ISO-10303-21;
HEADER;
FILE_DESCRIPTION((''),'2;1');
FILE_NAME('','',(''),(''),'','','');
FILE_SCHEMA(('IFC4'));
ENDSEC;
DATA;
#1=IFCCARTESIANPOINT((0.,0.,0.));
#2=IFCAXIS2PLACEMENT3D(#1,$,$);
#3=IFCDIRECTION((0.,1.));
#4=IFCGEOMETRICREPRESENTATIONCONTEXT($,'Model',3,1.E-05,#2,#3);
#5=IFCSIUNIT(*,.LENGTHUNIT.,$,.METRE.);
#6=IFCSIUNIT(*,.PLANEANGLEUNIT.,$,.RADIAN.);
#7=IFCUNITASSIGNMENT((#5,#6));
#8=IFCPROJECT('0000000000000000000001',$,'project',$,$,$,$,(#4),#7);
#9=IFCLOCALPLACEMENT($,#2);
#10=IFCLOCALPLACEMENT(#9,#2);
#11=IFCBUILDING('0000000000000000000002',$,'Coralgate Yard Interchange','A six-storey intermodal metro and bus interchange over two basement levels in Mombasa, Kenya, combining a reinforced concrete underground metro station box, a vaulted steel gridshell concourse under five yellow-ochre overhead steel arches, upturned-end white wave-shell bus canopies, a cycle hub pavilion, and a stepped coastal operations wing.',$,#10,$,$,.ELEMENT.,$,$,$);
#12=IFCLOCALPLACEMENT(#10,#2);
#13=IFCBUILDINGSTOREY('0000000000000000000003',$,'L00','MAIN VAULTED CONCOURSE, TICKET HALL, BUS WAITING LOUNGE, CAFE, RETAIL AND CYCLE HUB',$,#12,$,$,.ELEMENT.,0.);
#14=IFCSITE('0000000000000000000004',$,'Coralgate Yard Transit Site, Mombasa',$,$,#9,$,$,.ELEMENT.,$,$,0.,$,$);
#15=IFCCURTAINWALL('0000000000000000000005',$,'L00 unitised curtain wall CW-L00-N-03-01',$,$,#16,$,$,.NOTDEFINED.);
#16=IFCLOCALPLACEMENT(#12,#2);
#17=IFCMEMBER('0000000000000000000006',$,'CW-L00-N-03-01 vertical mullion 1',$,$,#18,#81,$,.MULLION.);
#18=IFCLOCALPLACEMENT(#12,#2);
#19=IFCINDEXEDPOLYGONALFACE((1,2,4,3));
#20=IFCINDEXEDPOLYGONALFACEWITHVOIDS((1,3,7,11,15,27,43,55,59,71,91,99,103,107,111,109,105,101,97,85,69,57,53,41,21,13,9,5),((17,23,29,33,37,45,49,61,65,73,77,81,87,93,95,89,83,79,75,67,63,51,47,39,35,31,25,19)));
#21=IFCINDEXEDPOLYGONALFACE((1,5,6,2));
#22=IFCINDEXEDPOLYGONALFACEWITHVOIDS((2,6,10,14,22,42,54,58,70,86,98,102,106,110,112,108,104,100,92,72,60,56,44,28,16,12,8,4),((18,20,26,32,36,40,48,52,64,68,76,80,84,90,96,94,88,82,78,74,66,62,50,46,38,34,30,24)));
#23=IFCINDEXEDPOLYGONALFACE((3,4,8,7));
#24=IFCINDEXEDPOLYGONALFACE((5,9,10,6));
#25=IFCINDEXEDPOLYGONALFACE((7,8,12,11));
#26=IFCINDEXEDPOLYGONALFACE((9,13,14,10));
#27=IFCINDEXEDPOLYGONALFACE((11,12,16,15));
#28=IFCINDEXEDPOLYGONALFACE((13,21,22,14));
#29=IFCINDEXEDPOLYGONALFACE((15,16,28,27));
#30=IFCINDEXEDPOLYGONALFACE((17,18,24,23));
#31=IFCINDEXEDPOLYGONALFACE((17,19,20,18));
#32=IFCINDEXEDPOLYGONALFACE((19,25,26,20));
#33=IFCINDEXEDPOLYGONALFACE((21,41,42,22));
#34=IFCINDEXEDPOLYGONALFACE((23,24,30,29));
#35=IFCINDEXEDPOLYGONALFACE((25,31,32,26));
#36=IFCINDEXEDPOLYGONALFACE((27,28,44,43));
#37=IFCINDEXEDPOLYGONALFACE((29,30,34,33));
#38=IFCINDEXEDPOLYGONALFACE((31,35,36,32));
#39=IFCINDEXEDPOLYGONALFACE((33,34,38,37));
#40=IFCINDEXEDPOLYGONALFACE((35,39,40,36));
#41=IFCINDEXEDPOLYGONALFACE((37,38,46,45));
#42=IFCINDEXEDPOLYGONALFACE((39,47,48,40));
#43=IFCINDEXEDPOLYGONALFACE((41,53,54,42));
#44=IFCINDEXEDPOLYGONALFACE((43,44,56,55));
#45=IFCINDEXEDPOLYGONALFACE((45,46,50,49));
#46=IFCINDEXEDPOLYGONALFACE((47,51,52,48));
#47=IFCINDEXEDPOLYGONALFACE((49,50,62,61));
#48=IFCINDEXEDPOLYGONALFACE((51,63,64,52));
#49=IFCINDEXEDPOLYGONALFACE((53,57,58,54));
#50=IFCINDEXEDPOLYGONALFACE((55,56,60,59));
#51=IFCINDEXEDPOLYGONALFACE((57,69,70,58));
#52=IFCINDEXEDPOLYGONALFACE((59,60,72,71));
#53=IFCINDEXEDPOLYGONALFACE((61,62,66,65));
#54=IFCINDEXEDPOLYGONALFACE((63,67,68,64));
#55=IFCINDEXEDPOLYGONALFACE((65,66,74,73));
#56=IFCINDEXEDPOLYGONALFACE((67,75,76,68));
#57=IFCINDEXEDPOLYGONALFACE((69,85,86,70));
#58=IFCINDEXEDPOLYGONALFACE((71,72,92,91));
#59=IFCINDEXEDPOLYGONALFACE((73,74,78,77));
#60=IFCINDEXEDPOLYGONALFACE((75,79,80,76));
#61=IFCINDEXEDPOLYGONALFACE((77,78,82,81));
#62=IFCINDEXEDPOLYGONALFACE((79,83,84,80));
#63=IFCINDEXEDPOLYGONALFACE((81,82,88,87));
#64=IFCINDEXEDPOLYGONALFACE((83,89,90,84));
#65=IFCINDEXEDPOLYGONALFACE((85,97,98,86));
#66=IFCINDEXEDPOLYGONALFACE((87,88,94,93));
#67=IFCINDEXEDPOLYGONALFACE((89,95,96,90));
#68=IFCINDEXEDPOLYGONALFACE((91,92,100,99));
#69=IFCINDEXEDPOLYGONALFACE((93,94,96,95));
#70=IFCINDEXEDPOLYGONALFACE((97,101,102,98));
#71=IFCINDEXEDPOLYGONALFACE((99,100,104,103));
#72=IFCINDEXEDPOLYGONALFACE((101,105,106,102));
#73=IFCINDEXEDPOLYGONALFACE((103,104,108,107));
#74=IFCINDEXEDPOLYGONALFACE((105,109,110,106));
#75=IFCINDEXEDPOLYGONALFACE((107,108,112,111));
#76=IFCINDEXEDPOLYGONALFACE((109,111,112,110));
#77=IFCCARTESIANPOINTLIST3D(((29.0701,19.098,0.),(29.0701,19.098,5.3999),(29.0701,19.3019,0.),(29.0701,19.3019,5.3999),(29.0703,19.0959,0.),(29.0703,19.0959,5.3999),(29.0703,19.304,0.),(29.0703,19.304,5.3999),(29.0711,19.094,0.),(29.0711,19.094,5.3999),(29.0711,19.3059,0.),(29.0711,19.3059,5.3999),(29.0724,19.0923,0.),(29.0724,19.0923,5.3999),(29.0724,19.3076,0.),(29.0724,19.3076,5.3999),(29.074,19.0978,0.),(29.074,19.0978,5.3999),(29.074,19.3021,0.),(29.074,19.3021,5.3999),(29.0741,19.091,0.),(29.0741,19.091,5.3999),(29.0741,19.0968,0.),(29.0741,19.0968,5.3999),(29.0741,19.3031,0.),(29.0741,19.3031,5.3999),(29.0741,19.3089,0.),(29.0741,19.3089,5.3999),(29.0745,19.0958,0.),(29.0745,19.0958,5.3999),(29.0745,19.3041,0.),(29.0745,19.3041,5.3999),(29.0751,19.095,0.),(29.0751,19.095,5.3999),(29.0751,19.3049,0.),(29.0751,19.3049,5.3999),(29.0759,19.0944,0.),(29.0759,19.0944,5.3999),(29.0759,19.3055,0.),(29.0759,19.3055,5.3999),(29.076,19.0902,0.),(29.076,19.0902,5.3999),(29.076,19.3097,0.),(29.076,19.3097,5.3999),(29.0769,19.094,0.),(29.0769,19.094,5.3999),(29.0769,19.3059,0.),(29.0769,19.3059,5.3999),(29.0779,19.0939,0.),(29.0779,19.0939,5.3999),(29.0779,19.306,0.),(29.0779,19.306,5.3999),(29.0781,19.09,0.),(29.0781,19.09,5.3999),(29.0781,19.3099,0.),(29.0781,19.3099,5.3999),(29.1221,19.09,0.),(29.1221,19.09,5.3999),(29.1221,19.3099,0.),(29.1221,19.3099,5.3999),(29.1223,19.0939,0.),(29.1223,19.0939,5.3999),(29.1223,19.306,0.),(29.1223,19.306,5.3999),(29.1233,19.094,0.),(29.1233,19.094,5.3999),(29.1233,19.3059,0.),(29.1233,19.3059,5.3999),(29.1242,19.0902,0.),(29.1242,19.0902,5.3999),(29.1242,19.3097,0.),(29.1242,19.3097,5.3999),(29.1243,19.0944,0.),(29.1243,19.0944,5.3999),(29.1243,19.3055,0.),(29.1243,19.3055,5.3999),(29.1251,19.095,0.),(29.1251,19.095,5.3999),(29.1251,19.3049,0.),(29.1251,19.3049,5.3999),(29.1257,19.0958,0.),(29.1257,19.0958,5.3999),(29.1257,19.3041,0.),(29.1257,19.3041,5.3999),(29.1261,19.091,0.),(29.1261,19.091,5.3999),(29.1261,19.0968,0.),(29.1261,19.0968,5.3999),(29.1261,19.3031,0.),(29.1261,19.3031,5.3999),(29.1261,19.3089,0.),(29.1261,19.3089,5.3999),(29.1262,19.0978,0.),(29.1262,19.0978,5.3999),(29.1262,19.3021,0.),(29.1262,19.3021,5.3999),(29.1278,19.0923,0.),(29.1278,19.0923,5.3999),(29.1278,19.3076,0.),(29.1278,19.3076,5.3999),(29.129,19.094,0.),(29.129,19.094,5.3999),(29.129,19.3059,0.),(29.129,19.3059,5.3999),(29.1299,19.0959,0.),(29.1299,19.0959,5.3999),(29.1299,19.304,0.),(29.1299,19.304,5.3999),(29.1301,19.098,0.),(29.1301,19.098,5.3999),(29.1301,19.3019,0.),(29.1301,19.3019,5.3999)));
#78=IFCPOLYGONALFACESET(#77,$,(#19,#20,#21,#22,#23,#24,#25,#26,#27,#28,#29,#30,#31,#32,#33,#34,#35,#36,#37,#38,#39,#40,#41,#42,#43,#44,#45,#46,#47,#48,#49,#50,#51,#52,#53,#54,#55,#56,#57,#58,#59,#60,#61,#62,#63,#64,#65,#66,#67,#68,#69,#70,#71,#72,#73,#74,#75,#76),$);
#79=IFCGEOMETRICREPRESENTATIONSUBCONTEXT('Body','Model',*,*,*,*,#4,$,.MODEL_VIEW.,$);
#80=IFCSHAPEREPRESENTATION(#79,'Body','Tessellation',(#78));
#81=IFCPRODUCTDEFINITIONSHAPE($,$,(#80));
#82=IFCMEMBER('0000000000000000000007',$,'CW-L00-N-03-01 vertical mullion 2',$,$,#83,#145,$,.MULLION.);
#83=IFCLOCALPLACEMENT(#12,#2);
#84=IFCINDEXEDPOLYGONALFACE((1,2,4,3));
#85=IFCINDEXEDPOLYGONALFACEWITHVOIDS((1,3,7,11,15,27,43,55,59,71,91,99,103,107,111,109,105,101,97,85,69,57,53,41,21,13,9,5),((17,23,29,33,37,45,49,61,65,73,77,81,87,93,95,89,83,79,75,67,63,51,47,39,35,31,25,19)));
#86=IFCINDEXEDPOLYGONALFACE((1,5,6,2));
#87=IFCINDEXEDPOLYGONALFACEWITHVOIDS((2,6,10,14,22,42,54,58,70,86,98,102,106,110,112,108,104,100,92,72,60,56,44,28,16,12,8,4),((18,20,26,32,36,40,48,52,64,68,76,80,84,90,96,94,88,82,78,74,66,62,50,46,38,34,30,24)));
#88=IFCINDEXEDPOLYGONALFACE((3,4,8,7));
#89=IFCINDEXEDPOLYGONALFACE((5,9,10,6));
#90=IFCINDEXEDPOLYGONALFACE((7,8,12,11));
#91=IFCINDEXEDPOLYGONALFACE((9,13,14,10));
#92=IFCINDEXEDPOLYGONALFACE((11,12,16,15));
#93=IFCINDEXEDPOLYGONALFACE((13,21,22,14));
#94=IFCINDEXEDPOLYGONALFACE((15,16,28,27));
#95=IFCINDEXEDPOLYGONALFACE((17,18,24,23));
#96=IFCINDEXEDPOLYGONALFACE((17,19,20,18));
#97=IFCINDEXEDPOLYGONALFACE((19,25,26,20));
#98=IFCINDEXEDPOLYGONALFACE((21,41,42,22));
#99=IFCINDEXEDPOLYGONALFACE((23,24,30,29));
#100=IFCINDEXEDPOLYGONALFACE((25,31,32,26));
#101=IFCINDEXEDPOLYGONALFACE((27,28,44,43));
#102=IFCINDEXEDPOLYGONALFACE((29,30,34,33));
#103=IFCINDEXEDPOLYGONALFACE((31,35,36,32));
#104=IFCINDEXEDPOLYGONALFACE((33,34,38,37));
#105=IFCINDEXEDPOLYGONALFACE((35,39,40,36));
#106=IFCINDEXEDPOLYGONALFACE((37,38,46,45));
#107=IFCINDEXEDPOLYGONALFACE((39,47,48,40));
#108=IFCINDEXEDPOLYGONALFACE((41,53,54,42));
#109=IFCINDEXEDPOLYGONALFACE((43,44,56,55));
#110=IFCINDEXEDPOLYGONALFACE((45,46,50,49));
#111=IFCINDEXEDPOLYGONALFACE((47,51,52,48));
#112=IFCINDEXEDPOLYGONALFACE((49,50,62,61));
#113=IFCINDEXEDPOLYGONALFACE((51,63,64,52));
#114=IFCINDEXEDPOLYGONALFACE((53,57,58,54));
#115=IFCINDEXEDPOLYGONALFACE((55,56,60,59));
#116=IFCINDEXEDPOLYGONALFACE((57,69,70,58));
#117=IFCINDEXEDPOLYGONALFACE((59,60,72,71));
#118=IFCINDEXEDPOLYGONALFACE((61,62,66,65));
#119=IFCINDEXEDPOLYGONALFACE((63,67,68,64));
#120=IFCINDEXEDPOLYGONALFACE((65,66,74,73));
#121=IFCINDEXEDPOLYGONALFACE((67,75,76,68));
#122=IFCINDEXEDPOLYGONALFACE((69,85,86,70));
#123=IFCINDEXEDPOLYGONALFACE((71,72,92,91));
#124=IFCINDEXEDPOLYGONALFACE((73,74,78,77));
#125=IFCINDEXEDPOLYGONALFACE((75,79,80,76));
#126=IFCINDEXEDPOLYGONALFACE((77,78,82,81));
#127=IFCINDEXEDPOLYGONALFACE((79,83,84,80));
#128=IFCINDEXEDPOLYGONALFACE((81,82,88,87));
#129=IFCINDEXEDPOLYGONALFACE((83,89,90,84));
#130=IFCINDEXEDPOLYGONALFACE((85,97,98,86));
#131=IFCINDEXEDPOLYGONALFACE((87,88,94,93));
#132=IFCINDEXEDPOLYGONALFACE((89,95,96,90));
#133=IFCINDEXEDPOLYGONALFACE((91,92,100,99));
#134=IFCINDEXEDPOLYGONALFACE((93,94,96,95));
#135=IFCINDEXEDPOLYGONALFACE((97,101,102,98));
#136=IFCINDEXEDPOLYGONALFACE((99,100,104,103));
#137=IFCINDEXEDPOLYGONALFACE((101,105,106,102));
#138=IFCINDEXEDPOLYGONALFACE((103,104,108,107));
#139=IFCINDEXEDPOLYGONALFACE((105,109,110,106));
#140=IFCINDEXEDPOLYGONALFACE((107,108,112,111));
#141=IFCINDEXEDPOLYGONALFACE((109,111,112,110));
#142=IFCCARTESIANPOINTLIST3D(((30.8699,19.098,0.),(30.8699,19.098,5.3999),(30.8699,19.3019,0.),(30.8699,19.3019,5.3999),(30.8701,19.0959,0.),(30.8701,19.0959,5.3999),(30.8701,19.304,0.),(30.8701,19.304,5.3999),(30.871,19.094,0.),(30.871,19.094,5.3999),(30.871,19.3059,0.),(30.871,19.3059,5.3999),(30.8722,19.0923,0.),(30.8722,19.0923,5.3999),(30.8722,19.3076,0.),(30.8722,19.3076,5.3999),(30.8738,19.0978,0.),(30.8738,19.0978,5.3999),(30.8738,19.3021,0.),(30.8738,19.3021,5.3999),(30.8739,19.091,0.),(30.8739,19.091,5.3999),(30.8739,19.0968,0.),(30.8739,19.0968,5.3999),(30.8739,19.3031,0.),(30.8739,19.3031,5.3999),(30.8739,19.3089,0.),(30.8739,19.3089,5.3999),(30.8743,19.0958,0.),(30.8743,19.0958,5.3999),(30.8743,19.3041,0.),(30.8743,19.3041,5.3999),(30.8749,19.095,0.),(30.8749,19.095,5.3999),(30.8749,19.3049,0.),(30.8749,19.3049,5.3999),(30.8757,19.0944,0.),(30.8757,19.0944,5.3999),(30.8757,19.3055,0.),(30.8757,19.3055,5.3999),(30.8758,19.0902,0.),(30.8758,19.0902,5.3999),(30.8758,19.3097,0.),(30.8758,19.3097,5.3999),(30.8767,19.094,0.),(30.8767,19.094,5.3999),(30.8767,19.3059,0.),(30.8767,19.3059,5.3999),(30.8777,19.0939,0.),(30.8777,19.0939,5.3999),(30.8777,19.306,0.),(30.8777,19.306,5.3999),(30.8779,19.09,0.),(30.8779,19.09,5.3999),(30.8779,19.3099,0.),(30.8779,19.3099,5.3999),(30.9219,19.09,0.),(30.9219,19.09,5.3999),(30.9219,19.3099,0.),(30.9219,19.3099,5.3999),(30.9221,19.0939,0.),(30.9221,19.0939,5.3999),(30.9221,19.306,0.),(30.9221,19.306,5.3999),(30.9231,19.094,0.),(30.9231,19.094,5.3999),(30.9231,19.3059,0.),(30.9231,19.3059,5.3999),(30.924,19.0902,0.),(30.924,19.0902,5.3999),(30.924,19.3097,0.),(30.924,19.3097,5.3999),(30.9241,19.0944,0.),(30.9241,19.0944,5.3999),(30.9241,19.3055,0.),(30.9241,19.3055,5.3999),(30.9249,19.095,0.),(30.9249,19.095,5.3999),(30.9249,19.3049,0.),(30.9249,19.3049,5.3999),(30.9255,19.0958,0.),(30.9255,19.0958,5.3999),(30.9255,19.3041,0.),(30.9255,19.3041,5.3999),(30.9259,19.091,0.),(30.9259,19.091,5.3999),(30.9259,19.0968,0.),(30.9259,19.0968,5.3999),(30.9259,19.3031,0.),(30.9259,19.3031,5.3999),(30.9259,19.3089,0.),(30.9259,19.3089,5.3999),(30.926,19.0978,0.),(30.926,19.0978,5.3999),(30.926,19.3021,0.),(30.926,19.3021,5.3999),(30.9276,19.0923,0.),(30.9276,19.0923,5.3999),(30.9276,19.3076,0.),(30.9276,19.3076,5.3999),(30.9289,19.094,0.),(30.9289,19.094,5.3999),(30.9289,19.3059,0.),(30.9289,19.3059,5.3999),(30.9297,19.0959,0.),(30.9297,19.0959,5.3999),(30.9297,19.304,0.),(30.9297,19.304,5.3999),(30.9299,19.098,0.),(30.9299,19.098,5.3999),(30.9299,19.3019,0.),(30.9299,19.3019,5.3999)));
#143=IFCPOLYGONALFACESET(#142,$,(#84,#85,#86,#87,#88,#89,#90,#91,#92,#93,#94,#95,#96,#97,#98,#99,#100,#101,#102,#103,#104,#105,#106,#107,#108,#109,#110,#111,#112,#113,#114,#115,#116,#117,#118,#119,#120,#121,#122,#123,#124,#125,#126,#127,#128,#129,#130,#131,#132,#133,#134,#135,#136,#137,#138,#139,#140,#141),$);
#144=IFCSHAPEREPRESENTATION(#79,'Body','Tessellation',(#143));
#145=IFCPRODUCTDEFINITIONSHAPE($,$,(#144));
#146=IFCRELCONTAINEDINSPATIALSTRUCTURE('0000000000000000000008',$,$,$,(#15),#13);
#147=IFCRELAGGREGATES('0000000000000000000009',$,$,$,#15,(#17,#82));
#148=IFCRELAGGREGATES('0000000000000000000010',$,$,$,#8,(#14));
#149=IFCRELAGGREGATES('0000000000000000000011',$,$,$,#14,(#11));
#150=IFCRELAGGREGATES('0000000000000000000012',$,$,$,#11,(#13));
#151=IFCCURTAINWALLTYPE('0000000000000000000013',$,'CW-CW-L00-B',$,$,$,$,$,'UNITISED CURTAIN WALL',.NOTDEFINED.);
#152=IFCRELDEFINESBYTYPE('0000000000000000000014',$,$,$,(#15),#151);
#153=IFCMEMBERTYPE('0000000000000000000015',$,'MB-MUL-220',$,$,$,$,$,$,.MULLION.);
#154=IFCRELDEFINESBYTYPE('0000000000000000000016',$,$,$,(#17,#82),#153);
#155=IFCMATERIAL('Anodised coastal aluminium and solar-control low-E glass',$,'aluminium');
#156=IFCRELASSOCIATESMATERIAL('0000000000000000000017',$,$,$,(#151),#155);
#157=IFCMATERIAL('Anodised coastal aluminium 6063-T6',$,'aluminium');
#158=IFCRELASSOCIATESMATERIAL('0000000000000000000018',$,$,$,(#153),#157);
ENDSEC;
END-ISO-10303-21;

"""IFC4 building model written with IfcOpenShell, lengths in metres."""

from ifc_helpers import new_model, si_unit, direction, frame, origin, origin_2d, place, context, subcontext, project, spatial, hollow_rectangle, extrude, material, material_profile, profile_set, type_object, element, aggregate, save


model = new_model("IFC4")

# Units and contexts
model_context = context("Model", 3, precision=1e-05, world=origin(), true_north=direction((0.0, 1.0)))
body_context = subcontext(model_context, "Body", "Model", "MODEL_VIEW")
ifc_project = project(units=[si_unit("LENGTHUNIT", "METRE"), si_unit("PLANEANGLEUNIT", "RADIAN")], contexts=[model_context])

# Site, building, storey
site_placement = place(None, origin())
site = spatial("IfcSite", under=ifc_project, at=site_placement, Name="Coralgate Yard Transit Site, Mombasa", CompositionType="ELEMENT", RefElevation=0.0)
building_placement = place(site_placement, origin())
building = spatial("IfcBuilding", under=site, at=building_placement, Name="Coralgate Yard Interchange", Description="A six-storey intermodal metro and bus interchange over two basement levels in Mombasa, Kenya, combining a reinforced concrete underground metro station box, a vaulted steel gridshell concourse under five yellow-ochre overhead steel arches, upturned-end white wave-shell bus canopies, a cycle hub pavilion, and a stepped coastal operations wing.", CompositionType="ELEMENT")
storey_placement = place(building_placement, origin())
storey = spatial("IfcBuildingStorey", under=building, at=storey_placement, Name="L00", Description="MAIN VAULTED CONCOURSE, TICKET HALL, BUS WAITING LOUNGE, CAFE, RETAIL AND CYCLE HUB", CompositionType="ELEMENT", Elevation=0.0)

# Curtain wall, members
ifc_material_1 = material(Name="Anodised coastal aluminium and solar-control low-E glass", Category="aluminium")
curtain_wall_type = type_object("IfcCurtainWallType", Name="CW-CW-L00-B", ElementType="UNITISED CURTAIN WALL", PredefinedType="NOTDEFINED", material=ifc_material_1)
curtain_wall_placement = place(storey_placement, origin())
curtain_wall = element("IfcCurtainWall", 1, at=curtain_wall_placement, inside=storey, type_object=curtain_wall_type, Name="L00 unitised curtain wall CW-L00-N-03-01", PredefinedType="NOTDEFINED")
ifc_material_2 = material(Name="Anodised coastal aluminium 6063-T6", Category="aluminium")
ifc_material_profile_1 = material_profile(ifc_material_2, hollow_rectangle(XDim=0.0601, YDim=0.22, WallThickness=0.0039, InnerFilletRadius=0.0039, OuterFilletRadius=0.0081, at=origin_2d()), Name="ALU 60x220x4")
ifc_profile_set_1 = profile_set([ifc_material_profile_1], Name="Anodised coastal aluminium 6063-T6")
member_type_1 = type_object("IfcMemberType", Name="MB-MUL-220", PredefinedType="MULLION", material=ifc_profile_set_1)
member_1_placement = place(storey_placement, frame((29.1001, 19.2, 0.0), z_axis=(0.0, 0.0, 1.0), x_axis=(1.0, 0.0, 0.0)))
member_1 = element("IfcMember", 2, at=member_1_placement, type_object=member_type_1, Name="CW-L00-N-03-01 vertical mullion 1", PredefinedType="MULLION", context=body_context, shape_type="SweptSolid", body=[
    extrude(hollow_rectangle(XDim=0.0601, YDim=0.22, WallThickness=0.0039, InnerFilletRadius=0.0039, OuterFilletRadius=0.0081, at=origin_2d()), origin(), (0.0, 0.0, 1.0), 5.3999),
])
member_2_placement = place(storey_placement, frame((30.8999, 19.2, 0.0), z_axis=(0.0, 0.0, 1.0), x_axis=(1.0, 0.0, 0.0)))
member_2 = element("IfcMember", 3, at=member_2_placement, type_object=member_type_1, Name="CW-L00-N-03-01 vertical mullion 2", PredefinedType="MULLION", context=body_context, shape_type="SweptSolid", body=[
    extrude(hollow_rectangle(XDim=0.0601, YDim=0.22, WallThickness=0.0039, InnerFilletRadius=0.0039, OuterFilletRadius=0.0081, at=origin_2d()), origin(), (0.0, 0.0, 1.0), 5.3999),
])
aggregate(curtain_wall, [member_1, member_2])

save(model, "model.ifc")
